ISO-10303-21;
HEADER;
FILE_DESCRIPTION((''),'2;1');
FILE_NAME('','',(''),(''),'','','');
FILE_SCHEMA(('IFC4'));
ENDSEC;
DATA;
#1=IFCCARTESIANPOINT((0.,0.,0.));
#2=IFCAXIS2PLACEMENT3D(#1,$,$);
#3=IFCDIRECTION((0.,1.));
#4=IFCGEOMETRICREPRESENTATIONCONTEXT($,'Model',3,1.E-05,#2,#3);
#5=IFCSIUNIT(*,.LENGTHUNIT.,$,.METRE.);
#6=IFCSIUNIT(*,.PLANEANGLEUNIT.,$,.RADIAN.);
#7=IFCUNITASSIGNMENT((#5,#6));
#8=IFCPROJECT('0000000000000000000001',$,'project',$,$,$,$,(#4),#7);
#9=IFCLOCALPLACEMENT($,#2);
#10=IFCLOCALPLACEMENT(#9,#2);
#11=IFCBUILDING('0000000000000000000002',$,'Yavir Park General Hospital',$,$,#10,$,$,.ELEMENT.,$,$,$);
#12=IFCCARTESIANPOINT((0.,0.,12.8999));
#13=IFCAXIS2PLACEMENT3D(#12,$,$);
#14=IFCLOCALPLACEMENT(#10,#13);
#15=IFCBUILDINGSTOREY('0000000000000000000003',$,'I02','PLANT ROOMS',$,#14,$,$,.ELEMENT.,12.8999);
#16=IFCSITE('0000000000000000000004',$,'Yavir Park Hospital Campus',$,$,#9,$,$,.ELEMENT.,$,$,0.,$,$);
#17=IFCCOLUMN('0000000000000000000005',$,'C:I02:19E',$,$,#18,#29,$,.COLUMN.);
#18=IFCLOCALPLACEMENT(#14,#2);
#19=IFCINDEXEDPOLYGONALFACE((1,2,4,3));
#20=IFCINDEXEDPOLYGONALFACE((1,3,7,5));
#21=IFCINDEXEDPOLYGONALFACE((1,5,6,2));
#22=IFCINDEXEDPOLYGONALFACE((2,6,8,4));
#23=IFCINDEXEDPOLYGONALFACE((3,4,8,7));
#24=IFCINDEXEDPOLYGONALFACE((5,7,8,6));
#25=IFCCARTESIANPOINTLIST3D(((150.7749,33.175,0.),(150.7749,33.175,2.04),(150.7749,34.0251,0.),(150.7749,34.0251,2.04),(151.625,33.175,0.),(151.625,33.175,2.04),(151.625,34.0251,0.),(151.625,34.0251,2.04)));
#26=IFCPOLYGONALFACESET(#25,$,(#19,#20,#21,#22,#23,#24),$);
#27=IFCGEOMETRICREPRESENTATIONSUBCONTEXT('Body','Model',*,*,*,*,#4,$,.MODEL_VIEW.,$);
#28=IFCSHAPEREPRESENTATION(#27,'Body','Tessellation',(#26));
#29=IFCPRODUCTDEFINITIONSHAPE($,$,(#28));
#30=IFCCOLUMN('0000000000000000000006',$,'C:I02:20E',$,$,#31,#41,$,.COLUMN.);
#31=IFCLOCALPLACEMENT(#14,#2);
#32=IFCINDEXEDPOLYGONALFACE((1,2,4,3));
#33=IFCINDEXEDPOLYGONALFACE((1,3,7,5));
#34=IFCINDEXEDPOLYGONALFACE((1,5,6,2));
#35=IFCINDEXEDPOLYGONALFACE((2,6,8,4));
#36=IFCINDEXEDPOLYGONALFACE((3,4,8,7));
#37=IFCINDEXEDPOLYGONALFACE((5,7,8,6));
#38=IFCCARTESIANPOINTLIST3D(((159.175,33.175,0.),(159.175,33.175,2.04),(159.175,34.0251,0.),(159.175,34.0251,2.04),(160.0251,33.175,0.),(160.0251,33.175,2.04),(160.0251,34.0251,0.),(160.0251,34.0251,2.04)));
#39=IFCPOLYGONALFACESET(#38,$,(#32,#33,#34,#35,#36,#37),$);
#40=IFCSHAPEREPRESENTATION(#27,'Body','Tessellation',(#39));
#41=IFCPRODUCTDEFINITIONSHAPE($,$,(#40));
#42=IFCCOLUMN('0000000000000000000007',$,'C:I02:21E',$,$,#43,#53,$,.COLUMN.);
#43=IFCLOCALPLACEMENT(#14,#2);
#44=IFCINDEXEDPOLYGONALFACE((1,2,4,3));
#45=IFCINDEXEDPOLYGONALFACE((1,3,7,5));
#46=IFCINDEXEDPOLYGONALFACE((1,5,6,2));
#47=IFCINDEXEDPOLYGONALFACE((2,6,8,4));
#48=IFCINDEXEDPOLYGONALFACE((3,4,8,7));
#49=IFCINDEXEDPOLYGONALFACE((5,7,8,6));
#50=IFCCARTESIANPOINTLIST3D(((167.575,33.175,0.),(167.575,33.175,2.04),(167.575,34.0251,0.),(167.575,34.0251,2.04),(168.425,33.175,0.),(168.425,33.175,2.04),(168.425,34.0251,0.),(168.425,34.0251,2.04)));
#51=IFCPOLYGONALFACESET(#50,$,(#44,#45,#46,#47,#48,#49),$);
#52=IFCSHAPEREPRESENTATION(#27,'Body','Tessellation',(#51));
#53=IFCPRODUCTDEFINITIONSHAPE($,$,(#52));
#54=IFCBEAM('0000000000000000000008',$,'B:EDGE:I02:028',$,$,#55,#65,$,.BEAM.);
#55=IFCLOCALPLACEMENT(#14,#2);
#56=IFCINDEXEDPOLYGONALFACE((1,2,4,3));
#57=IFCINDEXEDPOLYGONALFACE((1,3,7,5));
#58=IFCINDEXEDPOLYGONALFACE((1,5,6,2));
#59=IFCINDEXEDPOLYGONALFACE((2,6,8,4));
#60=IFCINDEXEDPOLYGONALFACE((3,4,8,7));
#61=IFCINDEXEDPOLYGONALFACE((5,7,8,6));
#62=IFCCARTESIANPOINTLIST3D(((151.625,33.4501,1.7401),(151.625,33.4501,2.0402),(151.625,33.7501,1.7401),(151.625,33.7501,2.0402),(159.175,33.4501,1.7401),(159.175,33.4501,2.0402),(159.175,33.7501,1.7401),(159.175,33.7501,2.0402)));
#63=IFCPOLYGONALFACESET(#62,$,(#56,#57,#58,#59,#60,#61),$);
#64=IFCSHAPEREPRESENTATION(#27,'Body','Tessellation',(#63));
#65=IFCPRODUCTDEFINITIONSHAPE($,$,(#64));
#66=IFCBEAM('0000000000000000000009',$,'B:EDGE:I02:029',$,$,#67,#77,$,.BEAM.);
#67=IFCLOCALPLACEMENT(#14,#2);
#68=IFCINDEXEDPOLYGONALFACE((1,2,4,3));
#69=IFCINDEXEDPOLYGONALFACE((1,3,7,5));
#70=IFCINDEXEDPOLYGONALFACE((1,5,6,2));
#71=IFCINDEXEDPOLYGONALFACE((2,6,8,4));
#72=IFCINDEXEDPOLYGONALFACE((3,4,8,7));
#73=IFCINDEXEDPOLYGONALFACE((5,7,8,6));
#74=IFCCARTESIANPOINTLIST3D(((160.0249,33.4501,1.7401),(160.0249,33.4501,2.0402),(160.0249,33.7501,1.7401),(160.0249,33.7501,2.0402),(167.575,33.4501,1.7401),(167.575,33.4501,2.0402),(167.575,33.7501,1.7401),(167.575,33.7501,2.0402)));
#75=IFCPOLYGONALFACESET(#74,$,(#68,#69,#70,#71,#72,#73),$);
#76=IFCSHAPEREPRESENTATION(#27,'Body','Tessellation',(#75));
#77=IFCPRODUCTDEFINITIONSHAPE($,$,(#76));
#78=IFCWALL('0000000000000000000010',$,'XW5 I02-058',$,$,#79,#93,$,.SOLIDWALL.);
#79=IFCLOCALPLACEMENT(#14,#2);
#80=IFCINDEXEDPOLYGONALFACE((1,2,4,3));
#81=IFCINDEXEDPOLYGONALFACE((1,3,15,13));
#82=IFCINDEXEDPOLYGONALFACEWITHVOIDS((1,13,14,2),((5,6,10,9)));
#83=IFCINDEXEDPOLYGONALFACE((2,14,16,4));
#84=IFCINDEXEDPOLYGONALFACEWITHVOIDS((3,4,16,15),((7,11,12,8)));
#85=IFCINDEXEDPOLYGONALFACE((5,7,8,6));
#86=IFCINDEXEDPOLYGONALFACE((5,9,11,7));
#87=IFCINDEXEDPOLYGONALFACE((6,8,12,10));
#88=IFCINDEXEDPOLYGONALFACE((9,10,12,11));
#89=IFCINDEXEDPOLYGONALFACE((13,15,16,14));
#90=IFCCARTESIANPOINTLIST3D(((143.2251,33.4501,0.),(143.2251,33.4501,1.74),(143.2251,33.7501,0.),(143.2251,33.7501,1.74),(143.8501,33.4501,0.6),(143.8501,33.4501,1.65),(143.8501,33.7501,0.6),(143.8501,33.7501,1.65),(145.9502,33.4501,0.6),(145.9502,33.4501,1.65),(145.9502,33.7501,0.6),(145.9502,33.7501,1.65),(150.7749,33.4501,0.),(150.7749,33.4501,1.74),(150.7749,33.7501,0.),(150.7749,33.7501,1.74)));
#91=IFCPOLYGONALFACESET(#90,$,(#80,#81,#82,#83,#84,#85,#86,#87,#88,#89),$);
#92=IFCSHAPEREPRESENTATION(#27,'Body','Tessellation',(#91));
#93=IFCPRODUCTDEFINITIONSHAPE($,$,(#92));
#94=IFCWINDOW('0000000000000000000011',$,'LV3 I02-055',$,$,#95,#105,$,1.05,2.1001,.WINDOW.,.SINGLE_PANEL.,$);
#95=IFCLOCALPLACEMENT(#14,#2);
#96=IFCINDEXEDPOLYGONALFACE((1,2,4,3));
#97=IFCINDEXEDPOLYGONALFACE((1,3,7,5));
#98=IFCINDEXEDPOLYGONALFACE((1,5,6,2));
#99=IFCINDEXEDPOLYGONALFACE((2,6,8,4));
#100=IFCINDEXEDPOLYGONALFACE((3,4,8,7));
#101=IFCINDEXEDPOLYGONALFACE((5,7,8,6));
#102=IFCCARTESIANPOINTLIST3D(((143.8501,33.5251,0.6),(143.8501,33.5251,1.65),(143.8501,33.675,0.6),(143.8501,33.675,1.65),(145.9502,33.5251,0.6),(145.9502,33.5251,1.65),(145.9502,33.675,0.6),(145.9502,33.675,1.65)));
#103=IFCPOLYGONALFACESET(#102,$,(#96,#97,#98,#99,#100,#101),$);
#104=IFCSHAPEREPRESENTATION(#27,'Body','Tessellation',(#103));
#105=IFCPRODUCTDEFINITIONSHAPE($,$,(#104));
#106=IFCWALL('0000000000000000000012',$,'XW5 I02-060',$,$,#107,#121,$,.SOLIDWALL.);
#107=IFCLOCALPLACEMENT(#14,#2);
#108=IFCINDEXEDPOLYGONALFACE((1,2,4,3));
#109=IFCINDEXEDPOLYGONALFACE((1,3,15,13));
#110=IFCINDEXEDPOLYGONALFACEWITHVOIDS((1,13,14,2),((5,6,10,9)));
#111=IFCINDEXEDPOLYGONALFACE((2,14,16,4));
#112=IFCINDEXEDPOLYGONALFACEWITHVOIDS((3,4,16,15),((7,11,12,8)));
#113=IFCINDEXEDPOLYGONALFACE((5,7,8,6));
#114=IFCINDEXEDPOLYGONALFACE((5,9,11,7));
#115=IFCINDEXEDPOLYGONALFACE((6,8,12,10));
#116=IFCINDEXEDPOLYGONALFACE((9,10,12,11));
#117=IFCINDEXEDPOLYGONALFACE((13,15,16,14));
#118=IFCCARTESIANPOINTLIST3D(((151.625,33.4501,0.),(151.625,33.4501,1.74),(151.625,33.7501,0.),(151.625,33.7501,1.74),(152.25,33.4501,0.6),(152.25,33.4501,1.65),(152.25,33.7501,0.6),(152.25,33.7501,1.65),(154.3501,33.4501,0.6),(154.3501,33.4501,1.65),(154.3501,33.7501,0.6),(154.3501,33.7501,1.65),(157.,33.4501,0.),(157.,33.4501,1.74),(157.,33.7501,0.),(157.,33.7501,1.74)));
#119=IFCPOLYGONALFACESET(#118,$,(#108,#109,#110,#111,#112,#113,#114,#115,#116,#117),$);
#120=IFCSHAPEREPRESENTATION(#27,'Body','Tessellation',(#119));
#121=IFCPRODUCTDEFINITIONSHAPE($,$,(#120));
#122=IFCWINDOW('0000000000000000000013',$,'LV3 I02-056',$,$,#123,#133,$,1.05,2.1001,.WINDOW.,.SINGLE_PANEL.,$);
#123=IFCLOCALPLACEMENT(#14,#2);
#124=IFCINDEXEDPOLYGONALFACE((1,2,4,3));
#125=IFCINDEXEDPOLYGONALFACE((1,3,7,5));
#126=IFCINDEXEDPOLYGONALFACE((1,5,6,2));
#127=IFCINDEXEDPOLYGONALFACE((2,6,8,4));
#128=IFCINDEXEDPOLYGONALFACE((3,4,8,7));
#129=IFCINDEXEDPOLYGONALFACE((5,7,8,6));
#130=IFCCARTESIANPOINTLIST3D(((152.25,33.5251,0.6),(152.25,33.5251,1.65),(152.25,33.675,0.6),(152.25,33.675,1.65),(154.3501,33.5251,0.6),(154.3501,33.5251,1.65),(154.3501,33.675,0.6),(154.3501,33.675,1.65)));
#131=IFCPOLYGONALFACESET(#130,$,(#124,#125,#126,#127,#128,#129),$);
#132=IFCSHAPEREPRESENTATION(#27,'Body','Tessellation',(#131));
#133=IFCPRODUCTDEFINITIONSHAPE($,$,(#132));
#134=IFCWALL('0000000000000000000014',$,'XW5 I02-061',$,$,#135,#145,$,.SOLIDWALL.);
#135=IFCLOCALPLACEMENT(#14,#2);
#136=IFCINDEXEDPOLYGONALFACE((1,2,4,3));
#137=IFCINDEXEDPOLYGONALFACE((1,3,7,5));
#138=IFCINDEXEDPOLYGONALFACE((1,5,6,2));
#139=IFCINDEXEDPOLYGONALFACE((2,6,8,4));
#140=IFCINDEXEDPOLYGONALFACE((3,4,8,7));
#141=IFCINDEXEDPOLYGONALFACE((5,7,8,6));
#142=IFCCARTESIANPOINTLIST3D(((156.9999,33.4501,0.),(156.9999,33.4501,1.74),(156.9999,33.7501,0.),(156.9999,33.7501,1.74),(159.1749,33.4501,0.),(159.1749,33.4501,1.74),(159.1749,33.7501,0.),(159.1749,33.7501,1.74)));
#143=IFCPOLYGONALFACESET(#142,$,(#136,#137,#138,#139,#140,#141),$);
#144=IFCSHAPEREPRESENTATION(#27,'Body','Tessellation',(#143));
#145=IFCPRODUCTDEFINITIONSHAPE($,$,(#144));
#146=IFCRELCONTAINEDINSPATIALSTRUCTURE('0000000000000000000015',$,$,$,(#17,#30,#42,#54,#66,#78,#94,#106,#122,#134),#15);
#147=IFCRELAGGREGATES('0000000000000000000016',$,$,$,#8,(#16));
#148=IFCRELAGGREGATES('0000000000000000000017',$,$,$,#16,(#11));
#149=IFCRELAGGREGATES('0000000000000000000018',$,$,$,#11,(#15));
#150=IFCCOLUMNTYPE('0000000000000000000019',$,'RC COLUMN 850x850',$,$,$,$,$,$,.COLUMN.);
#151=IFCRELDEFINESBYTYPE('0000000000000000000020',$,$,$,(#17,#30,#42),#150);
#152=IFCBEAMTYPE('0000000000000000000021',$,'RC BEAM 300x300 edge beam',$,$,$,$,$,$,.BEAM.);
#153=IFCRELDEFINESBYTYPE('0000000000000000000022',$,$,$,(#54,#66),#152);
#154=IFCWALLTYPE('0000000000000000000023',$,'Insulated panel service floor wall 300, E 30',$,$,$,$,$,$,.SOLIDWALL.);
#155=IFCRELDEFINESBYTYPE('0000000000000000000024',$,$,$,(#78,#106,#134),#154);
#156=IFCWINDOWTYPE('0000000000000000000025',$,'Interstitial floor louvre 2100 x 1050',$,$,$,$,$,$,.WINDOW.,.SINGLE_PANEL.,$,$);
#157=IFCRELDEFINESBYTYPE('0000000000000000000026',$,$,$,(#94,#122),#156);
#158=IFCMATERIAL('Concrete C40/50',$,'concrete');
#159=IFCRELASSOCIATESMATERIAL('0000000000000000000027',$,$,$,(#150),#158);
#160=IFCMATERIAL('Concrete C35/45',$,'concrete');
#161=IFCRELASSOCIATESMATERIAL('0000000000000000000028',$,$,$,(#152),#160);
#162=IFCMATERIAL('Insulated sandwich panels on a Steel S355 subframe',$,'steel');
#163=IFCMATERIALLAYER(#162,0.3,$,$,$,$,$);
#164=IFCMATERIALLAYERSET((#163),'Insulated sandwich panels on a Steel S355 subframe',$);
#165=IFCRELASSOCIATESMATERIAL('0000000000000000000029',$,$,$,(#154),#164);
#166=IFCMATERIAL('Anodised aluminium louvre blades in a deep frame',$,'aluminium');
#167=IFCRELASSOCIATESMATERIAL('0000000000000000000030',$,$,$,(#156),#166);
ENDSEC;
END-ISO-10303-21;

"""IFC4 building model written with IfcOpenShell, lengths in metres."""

from ifc_helpers import new_model, si_unit, direction, frame, frame_2d, origin, origin_2d, place, context, subcontext, project, spatial, rectangle, extrude, material, layer, layer_set, material_profile, profile_set, type_object, element, fill, save


model = new_model("IFC4")

# Units and contexts
model_context = context("Model", 3, precision=1e-05, world=origin(), true_north=direction((0.0, 1.0)))
body_context = subcontext(model_context, "Body", "Model", "MODEL_VIEW")
ifc_project = project(units=[si_unit("LENGTHUNIT", "METRE"), si_unit("PLANEANGLEUNIT", "RADIAN")], contexts=[model_context])

# Site, building, storey
site_placement = place(None, origin())
site = spatial("IfcSite", under=ifc_project, at=site_placement, Name="Yavir Park Hospital Campus", CompositionType="ELEMENT", RefElevation=0.0)
building_placement = place(site_placement, origin())
building = spatial("IfcBuilding", under=site, at=building_placement, Name="Yavir Park General Hospital", CompositionType="ELEMENT")
storey_placement = place(building_placement, frame((0.0, 0.0, 12.8999)))
storey = spatial("IfcBuildingStorey", under=building, at=storey_placement, Name="I02", Description="PLANT ROOMS", CompositionType="ELEMENT", Elevation=12.8999)

# Columns
ifc_material_1 = material(Name="Concrete C40/50", Category="concrete")
ifc_material_profile_1 = material_profile(ifc_material_1, rectangle(XDim=0.8501, YDim=0.8501, at=origin_2d()), Name="RC850x850")
ifc_profile_set_1 = profile_set([ifc_material_profile_1], Name="Concrete C40/50")
column_type = type_object("IfcColumnType", Name="RC COLUMN 850x850", PredefinedType="COLUMN", material=ifc_profile_set_1)
for number, where, z_axis, x_axis, name in (
    (1, (151.2, 33.6001, 0.0), (0.0, 0.0, 1.0), (1.0, 0.0, 0.0), "C:I02:19E"),
    (2, (159.6001, 33.6001, 0.0), (0.0, 0.0, 1.0), (1.0, 0.0, 0.0), "C:I02:20E"),
    (3, (168.0, 33.6001, 0.0), (0.0, 0.0, 1.0), (1.0, 0.0, 0.0), "C:I02:21E"),
):
    element("IfcColumn", number, at=place(storey_placement, frame(where, z_axis=z_axis, x_axis=x_axis)), inside=storey, type_object=column_type, Name=name, PredefinedType="COLUMN", context=body_context, shape_type="SweptSolid", body=[
        extrude(rectangle(XDim=0.8501, YDim=0.8501, at=origin_2d()), origin(), (0.0, 0.0, 1.0), 2.04),
    ])

# Beams
ifc_material_2 = material(Name="Concrete C35/45", Category="concrete")
ifc_material_profile_2 = material_profile(ifc_material_2, rectangle(XDim=0.3, YDim=0.3, at=origin_2d()), Name="RC300x300")
ifc_profile_set_2 = profile_set([ifc_material_profile_2], Name="Concrete C35/45")
beam_type = type_object("IfcBeamType", Name="RC BEAM 300x300 edge beam", PredefinedType="BEAM", material=ifc_profile_set_2)
for number, where, z_axis, x_axis, name in (
    (4, (151.625, 33.6001, 1.8901), (1.0, 0.0, 0.0), (0.0, 1.0, 0.0), "B:EDGE:I02:028"),
    (5, (160.0249, 33.6001, 1.8901), (1.0, 0.0, 0.0), (0.0, 1.0, 0.0), "B:EDGE:I02:029"),
):
    element("IfcBeam", number, at=place(storey_placement, frame(where, z_axis=z_axis, x_axis=x_axis)), inside=storey, type_object=beam_type, Name=name, PredefinedType="BEAM", context=body_context, shape_type="SweptSolid", body=[
        extrude(rectangle(XDim=0.3, YDim=0.3, at=origin_2d()), origin(), (0.0, 0.0, 1.0), 7.55),
    ])

# Walls, openings, windows
ifc_material_3 = material(Name="Insulated sandwich panels on a Steel S355 subframe", Category="steel")
ifc_layer_1 = layer(ifc_material_3, 0.3)
ifc_layer_set_1 = layer_set([ifc_layer_1], Name="Insulated sandwich panels on a Steel S355 subframe")
wall_type_1 = type_object("IfcWallType", Name="Insulated panel service floor wall 300, E 30", PredefinedType="SOLIDWALL", material=ifc_layer_set_1)
wall_1_placement = place(storey_placement, frame((143.2251, 33.6001, 0.0), z_axis=(0.0, 0.0, 1.0), x_axis=(1.0, 0.0, 0.0)))
wall_1 = element("IfcWall", 6, at=wall_1_placement, inside=storey, type_object=wall_type_1, Name="XW5 I02-058", PredefinedType="SOLIDWALL", context=body_context, shape_type="SweptSolid", body=[
    extrude(rectangle(XDim=7.5498, YDim=0.3, at=frame_2d((3.7749, 0.0))), origin(), (0.0, 0.0, 1.0), 1.74),
])
opening_1_placement = place(wall_1_placement, frame((0.625, 0.0, 0.6001)))
opening_1 = element("IfcOpeningElement", 7, at=opening_1_placement, cuts=wall_1, PredefinedType="OPENING", context=body_context, shape_type="SweptSolid", body=[
    extrude(rectangle(XDim=2.1001, YDim=1.05, at=frame_2d((1.05, 0.5249))), frame((0.0, 0.1599, 0.0), z_axis=(0.0, -1.0, 0.0), x_axis=(1.0, 0.0, 0.0)), (0.0, 0.0, 1.0), 0.3201),
])
ifc_material_4 = material(Name="Anodised aluminium louvre blades in a deep frame", Category="aluminium")
window_type = type_object("IfcWindowType", Name="Interstitial floor louvre 2100 x 1050", PartitioningType="SINGLE_PANEL", PredefinedType="WINDOW", material=ifc_material_4)
window_1_placement = place(opening_1_placement, origin())
window_1 = element("IfcWindow", 8, at=window_1_placement, inside=storey, type_object=window_type, Name="LV3 I02-055", OverallHeight=1.05, OverallWidth=2.1001, PartitioningType="SINGLE_PANEL", PredefinedType="WINDOW", context=body_context, shape_type="SweptSolid", body=[
    extrude(rectangle(XDim=2.1001, YDim=1.05, at=frame_2d((1.05, 0.5249))), frame((0.0, 0.075, 0.0), z_axis=(0.0, -1.0, 0.0), x_axis=(1.0, 0.0, 0.0)), (0.0, 0.0, 1.0), 0.1499),
])
fill(opening_1, window_1)
wall_2_placement = place(storey_placement, frame((151.625, 33.6001, 0.0), z_axis=(0.0, 0.0, 1.0), x_axis=(1.0, 0.0, 0.0)))
wall_2 = element("IfcWall", 9, at=wall_2_placement, inside=storey, type_object=wall_type_1, Name="XW5 I02-060", PredefinedType="SOLIDWALL", context=body_context, shape_type="SweptSolid", body=[
    extrude(rectangle(XDim=5.375, YDim=0.3, at=frame_2d((2.6875, 0.0))), origin(), (0.0, 0.0, 1.0), 1.74),
])
opening_2_placement = place(wall_2_placement, frame((0.625, 0.0, 0.6001)))
opening_2 = element("IfcOpeningElement", 10, at=opening_2_placement, cuts=wall_2, PredefinedType="OPENING", context=body_context, shape_type="SweptSolid", body=[
    extrude(rectangle(XDim=2.1001, YDim=1.05, at=frame_2d((1.05, 0.5249))), frame((0.0, 0.1599, 0.0), z_axis=(0.0, -1.0, 0.0), x_axis=(1.0, 0.0, 0.0)), (0.0, 0.0, 1.0), 0.3201),
])
window_2_placement = place(opening_2_placement, origin())
window_2 = element("IfcWindow", 11, at=window_2_placement, inside=storey, type_object=window_type, Name="LV3 I02-056", OverallHeight=1.05, OverallWidth=2.1001, PartitioningType="SINGLE_PANEL", PredefinedType="WINDOW", context=body_context, shape_type="SweptSolid", body=[
    extrude(rectangle(XDim=2.1001, YDim=1.05, at=frame_2d((1.05, 0.5249))), frame((0.0, 0.075, 0.0), z_axis=(0.0, -1.0, 0.0), x_axis=(1.0, 0.0, 0.0)), (0.0, 0.0, 1.0), 0.1499),
])
fill(opening_2, window_2)

# Wall
wall_3_placement = place(storey_placement, frame((157.0, 33.6001, 0.0), z_axis=(0.0, 0.0, 1.0), x_axis=(1.0, 0.0, 0.0)))
element("IfcWall", 12, at=wall_3_placement, inside=storey, type_object=wall_type_1, Name="XW5 I02-061", PredefinedType="SOLIDWALL", context=body_context, shape_type="SweptSolid", body=[
    extrude(rectangle(XDim=2.175, YDim=0.3, at=frame_2d((1.0874, 0.0))), origin(), (0.0, 0.0, 1.0), 1.74),
])

save(model, "model.ifc")
